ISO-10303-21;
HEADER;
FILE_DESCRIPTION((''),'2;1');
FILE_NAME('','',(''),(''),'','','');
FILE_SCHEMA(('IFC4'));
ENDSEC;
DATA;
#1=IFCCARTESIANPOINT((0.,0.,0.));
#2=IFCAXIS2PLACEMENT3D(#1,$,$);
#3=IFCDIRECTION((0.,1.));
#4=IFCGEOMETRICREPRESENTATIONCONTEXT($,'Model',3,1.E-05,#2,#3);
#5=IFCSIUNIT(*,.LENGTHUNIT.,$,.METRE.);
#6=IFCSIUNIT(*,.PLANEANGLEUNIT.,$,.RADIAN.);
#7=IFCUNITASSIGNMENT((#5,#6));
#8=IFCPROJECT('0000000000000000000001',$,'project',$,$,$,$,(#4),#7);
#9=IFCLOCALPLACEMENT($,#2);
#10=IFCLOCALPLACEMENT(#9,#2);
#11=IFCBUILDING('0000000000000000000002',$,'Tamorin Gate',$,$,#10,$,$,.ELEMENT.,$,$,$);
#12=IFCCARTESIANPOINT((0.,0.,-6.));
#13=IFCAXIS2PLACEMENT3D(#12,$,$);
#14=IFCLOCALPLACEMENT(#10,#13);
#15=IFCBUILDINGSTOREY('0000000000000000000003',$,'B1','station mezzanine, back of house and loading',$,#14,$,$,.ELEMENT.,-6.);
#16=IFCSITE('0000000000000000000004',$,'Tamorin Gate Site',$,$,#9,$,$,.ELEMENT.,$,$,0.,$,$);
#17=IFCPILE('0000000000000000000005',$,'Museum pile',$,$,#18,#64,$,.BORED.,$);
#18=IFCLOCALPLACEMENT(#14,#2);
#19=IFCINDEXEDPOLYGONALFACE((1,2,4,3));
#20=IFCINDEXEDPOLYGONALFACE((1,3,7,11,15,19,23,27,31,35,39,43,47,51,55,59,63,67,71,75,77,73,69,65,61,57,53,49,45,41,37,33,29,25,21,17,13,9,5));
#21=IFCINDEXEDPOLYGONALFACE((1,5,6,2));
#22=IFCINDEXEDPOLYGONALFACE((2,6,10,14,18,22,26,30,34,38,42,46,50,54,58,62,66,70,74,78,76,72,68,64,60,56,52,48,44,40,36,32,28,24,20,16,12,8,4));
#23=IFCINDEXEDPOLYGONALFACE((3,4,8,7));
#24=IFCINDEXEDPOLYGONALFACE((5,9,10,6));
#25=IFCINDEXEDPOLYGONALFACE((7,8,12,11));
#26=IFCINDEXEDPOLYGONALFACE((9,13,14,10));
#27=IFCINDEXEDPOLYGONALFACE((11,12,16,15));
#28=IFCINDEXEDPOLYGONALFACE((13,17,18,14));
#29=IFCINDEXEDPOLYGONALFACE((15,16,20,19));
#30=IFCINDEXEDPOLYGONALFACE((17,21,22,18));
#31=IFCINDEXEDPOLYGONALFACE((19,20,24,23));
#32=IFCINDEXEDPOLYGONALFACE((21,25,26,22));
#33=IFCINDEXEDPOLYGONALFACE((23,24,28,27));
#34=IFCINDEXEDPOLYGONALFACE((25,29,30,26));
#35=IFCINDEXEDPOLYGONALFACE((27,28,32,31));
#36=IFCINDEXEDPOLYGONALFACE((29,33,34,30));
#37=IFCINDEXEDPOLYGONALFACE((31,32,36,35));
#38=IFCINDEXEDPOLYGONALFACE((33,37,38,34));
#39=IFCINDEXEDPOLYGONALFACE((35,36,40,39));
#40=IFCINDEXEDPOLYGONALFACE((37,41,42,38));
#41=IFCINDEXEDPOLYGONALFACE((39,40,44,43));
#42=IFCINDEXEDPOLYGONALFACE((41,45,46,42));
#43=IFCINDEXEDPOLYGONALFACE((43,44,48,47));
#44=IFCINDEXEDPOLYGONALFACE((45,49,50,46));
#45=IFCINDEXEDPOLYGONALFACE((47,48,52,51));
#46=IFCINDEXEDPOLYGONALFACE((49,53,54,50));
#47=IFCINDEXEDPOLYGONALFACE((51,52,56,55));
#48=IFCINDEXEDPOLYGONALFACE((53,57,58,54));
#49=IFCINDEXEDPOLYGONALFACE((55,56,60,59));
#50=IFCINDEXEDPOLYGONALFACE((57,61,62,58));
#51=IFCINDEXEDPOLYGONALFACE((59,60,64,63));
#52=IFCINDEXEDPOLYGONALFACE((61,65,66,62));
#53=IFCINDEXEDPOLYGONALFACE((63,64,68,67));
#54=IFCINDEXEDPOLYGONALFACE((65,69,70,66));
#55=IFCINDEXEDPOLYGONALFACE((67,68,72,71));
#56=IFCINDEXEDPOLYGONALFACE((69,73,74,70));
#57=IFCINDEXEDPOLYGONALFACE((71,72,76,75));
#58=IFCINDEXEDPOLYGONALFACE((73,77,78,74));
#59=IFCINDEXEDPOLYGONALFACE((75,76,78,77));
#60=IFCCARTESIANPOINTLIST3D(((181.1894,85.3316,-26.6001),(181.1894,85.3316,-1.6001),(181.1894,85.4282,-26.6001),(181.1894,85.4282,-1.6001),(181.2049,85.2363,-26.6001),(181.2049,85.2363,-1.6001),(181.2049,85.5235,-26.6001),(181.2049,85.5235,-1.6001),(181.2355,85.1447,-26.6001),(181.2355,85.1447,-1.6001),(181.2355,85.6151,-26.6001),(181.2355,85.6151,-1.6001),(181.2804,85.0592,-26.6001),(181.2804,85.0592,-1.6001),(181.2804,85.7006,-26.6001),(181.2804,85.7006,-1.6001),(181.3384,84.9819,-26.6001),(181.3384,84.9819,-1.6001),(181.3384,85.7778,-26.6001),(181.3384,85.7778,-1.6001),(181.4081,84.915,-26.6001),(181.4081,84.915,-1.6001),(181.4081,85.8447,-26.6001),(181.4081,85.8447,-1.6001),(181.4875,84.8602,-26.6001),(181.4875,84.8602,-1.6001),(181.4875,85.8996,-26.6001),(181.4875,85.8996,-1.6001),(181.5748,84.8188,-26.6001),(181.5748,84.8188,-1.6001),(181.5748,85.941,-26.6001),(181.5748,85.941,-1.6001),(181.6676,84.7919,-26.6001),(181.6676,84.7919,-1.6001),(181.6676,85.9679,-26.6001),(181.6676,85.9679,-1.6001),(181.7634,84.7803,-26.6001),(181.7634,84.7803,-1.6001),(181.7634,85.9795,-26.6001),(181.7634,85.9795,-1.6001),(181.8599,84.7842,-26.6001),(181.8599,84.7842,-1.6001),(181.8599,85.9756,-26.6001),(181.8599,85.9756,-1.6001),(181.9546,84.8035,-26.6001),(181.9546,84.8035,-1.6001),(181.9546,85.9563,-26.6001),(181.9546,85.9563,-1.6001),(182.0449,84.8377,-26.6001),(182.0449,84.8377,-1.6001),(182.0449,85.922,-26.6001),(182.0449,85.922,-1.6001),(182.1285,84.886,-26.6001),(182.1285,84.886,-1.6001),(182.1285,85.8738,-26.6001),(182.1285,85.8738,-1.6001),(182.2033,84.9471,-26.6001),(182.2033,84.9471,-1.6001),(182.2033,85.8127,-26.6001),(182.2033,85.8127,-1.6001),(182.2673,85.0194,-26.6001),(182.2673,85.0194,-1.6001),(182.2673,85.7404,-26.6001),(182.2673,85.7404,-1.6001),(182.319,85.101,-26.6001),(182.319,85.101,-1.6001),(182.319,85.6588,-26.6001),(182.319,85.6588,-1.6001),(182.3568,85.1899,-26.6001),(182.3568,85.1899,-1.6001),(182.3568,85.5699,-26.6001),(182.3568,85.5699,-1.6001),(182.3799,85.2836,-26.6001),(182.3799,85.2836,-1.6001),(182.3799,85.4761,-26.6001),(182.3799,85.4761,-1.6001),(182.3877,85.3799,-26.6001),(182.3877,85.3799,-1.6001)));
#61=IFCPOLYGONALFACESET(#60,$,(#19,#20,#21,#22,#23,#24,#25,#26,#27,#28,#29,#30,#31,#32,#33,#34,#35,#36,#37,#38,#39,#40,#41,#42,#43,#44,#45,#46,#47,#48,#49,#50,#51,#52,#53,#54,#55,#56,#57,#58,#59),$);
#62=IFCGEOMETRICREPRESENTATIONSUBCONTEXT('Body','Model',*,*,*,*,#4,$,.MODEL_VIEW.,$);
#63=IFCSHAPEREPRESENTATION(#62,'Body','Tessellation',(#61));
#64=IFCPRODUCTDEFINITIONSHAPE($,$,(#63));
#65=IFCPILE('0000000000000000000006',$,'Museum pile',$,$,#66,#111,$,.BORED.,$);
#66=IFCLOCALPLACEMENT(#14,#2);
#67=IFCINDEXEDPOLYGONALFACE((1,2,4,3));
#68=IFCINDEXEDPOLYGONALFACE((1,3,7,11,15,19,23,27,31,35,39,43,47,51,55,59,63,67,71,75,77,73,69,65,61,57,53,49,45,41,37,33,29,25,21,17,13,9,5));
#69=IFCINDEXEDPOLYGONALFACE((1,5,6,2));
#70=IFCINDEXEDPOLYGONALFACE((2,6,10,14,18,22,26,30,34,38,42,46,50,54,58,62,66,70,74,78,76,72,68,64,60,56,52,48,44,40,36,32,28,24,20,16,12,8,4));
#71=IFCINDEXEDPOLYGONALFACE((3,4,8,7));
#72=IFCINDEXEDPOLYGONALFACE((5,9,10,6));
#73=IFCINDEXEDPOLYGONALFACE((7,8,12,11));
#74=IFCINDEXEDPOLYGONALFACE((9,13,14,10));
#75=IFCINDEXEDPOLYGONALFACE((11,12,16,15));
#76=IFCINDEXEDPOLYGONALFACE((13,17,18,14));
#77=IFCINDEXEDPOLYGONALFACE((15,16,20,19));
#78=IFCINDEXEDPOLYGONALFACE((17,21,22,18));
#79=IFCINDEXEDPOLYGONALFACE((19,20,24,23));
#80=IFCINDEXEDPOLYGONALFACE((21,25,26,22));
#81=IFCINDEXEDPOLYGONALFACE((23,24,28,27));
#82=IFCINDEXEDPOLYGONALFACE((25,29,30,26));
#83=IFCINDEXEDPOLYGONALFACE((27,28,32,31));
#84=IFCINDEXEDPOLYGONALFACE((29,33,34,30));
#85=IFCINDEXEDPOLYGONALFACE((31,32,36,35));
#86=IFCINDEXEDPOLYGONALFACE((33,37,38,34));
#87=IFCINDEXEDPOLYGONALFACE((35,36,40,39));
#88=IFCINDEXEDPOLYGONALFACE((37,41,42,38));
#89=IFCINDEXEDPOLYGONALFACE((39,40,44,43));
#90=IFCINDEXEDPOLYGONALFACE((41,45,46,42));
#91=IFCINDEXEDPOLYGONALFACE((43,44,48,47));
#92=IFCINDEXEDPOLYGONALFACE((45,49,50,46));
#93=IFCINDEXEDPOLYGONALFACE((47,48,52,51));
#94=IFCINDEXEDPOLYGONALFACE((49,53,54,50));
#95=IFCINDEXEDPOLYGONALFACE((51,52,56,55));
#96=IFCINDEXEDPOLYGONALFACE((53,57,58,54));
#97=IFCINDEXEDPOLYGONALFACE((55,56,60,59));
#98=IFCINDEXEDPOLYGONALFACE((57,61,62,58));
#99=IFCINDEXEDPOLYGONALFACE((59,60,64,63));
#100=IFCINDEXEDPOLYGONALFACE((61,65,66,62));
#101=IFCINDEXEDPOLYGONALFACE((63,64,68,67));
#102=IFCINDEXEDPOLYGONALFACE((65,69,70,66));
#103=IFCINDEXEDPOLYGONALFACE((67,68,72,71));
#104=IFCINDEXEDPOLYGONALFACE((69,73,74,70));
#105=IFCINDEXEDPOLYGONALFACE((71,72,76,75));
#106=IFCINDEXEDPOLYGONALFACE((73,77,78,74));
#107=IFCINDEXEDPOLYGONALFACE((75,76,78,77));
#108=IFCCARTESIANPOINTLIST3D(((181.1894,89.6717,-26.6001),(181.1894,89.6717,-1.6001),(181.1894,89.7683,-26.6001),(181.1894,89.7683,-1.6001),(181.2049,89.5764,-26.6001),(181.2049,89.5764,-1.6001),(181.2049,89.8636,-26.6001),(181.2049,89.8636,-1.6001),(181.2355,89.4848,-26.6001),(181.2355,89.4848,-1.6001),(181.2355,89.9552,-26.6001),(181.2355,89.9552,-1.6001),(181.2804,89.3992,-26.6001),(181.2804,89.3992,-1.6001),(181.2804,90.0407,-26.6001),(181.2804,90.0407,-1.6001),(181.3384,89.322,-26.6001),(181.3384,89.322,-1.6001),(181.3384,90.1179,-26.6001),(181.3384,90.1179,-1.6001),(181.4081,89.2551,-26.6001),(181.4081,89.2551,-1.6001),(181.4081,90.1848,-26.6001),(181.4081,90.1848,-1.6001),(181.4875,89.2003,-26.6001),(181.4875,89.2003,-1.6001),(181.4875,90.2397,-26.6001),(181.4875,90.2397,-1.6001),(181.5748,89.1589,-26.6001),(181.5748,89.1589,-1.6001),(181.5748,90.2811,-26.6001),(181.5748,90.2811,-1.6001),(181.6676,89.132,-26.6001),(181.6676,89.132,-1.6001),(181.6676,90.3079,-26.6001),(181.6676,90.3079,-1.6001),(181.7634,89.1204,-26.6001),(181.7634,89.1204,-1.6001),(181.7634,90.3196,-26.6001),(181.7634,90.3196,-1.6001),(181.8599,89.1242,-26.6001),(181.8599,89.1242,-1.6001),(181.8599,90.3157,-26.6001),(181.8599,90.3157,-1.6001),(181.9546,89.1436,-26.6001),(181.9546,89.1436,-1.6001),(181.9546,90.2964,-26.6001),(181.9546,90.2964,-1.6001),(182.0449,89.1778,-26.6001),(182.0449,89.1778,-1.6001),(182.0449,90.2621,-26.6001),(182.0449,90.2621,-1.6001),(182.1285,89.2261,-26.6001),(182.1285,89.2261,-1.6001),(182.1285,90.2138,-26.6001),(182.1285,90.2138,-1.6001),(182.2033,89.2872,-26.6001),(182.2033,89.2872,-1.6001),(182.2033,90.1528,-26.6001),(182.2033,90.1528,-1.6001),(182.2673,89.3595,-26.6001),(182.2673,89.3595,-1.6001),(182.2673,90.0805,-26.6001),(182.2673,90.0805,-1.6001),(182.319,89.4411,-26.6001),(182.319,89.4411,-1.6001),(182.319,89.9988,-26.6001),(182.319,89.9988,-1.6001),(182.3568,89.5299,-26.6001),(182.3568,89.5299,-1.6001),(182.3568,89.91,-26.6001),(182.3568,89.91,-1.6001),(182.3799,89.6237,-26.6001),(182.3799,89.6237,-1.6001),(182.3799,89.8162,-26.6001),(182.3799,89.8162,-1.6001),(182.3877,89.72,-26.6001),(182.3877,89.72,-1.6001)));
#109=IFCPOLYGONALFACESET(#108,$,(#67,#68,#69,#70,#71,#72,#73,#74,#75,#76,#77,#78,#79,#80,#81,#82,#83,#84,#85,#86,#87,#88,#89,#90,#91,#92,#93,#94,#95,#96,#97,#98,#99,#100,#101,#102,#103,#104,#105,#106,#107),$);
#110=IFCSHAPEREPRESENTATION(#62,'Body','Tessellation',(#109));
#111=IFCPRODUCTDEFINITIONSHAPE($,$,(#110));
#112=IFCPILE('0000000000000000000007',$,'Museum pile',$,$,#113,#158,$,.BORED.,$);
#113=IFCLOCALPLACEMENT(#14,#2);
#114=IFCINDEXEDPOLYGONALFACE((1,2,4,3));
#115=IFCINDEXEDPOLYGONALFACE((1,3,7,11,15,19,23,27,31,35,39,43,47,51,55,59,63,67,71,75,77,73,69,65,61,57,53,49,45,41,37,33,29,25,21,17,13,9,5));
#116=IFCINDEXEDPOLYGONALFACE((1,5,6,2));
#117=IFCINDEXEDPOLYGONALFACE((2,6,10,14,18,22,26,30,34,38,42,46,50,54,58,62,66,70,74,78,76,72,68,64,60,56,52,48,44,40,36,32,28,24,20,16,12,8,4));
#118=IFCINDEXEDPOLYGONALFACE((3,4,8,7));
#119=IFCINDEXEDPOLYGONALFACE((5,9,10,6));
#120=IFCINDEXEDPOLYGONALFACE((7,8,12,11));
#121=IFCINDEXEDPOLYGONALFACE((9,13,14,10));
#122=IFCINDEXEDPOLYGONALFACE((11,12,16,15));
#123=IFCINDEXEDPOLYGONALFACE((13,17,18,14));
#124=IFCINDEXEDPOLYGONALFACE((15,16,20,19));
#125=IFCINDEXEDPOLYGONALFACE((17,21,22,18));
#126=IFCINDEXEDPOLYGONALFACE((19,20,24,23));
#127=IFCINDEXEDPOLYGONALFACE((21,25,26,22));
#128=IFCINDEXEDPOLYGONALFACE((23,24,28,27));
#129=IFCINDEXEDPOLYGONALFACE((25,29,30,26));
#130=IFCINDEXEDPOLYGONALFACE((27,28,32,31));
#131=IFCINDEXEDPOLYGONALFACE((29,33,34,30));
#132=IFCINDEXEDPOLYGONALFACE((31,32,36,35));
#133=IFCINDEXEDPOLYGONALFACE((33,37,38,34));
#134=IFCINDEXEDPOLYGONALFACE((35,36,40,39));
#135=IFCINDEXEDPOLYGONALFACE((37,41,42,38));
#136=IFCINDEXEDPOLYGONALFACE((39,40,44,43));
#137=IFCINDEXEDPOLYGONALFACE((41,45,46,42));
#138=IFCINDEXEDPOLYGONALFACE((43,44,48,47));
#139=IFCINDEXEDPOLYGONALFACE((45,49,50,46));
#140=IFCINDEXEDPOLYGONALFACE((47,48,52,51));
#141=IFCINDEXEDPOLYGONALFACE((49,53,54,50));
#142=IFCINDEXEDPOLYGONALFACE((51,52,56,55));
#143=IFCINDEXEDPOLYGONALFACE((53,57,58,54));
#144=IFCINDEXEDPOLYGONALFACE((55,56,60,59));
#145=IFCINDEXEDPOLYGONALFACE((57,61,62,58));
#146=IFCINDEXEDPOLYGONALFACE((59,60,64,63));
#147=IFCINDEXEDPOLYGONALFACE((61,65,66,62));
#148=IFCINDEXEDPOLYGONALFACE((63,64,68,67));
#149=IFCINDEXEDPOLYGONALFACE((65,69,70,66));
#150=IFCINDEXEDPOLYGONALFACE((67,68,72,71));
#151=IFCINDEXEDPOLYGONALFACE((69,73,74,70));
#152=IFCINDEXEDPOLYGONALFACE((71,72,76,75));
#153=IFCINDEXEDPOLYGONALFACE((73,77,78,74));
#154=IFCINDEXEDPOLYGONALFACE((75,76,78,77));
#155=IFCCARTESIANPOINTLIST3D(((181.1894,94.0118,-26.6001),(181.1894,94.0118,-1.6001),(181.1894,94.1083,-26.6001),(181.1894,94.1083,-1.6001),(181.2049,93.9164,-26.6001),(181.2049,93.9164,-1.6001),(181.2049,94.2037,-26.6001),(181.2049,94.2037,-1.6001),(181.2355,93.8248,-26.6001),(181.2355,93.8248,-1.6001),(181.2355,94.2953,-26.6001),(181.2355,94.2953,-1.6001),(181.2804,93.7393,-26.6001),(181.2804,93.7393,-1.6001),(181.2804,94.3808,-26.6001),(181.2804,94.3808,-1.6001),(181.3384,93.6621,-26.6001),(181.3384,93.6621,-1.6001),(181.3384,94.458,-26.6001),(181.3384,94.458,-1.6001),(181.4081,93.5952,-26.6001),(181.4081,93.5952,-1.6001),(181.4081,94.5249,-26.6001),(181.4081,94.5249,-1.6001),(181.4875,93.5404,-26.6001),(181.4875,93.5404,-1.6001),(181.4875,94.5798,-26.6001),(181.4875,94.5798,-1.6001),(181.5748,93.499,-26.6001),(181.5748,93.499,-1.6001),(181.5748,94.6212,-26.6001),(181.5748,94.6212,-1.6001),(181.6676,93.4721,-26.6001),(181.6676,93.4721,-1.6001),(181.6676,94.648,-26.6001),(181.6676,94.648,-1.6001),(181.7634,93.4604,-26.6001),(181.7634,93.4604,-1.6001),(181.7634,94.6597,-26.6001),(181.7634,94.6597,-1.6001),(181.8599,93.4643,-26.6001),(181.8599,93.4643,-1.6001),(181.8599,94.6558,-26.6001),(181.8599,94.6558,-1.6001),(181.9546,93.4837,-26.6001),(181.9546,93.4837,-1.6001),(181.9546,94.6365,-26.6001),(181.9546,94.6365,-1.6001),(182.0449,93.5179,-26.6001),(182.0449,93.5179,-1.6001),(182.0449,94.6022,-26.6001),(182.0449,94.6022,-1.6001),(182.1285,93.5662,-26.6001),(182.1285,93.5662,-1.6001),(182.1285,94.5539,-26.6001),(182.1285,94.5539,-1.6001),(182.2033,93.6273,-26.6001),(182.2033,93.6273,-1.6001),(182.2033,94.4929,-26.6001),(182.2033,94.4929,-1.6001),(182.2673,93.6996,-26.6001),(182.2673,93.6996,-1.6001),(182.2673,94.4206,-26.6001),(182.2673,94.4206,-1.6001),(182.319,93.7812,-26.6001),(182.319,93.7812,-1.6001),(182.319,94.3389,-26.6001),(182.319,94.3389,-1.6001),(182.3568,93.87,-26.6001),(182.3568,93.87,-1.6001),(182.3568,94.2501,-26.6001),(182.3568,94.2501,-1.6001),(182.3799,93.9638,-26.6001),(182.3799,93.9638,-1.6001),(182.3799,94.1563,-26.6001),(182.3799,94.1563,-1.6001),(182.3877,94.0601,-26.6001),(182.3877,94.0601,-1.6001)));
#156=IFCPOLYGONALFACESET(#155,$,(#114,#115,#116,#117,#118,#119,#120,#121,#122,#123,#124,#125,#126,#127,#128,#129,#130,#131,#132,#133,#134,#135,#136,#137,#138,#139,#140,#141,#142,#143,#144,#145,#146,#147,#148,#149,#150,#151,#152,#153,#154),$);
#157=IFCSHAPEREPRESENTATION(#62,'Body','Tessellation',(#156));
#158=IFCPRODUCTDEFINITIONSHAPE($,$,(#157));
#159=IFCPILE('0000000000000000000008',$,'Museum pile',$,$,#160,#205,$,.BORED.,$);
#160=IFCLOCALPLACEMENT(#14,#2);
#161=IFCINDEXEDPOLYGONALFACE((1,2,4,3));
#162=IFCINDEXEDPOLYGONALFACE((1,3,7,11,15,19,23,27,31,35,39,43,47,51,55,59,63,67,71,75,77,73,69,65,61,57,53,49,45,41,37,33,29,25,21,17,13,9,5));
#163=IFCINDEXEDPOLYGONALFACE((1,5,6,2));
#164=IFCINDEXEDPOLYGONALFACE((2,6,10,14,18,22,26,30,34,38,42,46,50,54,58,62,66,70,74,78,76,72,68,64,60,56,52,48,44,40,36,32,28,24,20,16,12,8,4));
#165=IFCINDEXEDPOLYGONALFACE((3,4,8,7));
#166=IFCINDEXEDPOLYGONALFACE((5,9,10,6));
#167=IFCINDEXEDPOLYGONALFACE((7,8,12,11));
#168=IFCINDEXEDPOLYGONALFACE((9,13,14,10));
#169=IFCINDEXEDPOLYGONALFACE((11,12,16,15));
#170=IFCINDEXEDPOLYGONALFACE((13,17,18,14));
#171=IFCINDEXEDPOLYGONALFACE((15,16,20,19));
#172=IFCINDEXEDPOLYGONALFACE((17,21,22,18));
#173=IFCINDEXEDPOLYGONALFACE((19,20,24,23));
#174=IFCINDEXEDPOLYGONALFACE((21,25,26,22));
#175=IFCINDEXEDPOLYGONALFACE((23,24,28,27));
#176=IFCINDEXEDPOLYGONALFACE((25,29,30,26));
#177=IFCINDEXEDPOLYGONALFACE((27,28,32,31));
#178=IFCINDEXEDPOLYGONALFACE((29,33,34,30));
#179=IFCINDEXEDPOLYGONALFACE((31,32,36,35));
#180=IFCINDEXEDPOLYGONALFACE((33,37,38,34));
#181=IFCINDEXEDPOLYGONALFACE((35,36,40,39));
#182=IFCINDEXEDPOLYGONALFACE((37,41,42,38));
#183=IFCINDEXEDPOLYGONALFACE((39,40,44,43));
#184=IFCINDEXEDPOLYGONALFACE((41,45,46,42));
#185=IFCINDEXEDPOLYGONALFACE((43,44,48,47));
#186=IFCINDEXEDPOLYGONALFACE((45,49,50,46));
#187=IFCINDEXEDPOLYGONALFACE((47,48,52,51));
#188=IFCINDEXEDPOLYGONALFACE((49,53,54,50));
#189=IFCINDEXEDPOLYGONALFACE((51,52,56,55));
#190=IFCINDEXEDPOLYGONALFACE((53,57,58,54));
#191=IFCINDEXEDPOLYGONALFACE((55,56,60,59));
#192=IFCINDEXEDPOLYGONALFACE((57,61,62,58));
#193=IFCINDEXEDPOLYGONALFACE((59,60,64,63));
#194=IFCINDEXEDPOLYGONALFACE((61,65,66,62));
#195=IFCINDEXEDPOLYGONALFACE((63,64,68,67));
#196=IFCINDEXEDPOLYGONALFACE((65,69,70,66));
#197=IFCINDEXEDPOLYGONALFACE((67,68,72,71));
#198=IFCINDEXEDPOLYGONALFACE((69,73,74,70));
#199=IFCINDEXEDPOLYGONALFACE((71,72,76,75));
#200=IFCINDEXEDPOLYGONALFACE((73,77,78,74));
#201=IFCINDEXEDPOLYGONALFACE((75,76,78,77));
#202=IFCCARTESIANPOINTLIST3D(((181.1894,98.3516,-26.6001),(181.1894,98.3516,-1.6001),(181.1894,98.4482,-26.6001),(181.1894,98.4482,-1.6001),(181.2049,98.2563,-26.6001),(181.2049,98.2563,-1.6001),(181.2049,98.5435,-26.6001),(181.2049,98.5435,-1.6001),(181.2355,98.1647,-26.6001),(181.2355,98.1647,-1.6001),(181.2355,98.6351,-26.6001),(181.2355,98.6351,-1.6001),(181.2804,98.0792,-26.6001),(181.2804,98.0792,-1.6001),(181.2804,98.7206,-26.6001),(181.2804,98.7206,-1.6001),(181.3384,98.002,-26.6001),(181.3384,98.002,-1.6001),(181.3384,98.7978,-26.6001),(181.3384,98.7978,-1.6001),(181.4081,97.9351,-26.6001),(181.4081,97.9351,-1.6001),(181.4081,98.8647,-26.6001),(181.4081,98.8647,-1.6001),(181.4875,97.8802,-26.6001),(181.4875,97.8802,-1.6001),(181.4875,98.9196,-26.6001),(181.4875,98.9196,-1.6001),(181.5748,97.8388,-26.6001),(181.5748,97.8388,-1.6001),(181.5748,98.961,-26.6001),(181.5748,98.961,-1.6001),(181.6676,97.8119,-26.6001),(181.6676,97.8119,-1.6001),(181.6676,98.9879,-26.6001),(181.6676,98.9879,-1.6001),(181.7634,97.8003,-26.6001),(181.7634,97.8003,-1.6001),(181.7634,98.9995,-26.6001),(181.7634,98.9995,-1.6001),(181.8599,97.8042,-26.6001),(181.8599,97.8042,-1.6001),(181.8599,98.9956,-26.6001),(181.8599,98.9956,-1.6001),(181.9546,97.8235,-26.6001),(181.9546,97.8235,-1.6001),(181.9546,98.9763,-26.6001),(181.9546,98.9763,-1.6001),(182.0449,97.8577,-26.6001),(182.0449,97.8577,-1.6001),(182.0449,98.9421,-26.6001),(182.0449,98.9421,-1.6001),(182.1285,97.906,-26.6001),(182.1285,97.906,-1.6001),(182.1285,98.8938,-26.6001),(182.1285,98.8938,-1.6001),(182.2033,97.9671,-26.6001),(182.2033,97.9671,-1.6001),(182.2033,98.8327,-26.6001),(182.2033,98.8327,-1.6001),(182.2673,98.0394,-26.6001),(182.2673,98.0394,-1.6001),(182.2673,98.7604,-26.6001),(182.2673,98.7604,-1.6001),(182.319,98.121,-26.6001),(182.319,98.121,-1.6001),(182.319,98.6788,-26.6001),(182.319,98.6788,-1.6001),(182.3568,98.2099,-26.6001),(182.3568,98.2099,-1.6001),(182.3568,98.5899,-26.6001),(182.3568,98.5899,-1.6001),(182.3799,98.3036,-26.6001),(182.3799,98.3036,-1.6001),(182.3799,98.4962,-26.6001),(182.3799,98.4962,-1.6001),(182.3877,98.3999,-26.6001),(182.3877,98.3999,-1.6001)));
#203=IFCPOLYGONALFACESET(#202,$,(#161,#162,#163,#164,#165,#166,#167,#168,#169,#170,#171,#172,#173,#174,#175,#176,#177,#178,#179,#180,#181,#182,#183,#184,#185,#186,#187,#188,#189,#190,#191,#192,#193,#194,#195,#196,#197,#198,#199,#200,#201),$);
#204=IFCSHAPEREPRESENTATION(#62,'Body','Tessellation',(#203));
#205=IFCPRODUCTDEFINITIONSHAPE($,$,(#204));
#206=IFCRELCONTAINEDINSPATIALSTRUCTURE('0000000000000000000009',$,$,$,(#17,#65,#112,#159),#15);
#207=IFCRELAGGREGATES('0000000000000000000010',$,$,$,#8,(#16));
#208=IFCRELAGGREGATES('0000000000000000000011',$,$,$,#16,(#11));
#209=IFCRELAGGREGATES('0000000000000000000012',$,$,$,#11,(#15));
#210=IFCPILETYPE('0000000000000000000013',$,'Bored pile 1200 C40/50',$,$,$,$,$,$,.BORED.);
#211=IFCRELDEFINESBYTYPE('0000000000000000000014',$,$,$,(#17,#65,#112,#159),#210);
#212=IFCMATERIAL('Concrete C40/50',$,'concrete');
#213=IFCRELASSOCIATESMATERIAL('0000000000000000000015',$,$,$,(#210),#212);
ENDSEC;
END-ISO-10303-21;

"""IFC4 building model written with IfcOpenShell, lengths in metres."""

from ifc_helpers import new_model, si_unit, direction, frame, origin, origin_2d, place, context, subcontext, project, spatial, circle, extrude, material, material_profile, profile_set, type_object, element, save


model = new_model("IFC4")

# Units and contexts
model_context = context("Model", 3, precision=1e-05, world=origin(), true_north=direction((0.0, 1.0)))
body_context = subcontext(model_context, "Body", "Model", "MODEL_VIEW")
ifc_project = project(units=[si_unit("LENGTHUNIT", "METRE"), si_unit("PLANEANGLEUNIT", "RADIAN")], contexts=[model_context])

# Site, building, storey
site_placement = place(None, origin())
site = spatial("IfcSite", under=ifc_project, at=site_placement, Name="Tamorin Gate Site", CompositionType="ELEMENT", RefElevation=0.0)
building_placement = place(site_placement, origin())
building = spatial("IfcBuilding", under=site, at=building_placement, Name="Tamorin Gate", CompositionType="ELEMENT")
storey_placement = place(building_placement, frame((0.0, 0.0, -6.0)))
storey = spatial("IfcBuildingStorey", under=building, at=storey_placement, Name="B1", Description="station mezzanine, back of house and loading", CompositionType="ELEMENT", Elevation=-6.0)

# Piles
ifc_material_1 = material(Name="Concrete C40/50", Category="concrete")
ifc_material_profile_1 = material_profile(ifc_material_1, circle(Radius=0.6001, at=origin_2d()))
ifc_profile_set_1 = profile_set([ifc_material_profile_1], Name="Concrete C40/50")
pile_type = type_object("IfcPileType", Name="Bored pile 1200 C40/50", PredefinedType="BORED", material=ifc_profile_set_1)
for number, where, z_axis, x_axis, name in (
    (1, (181.7876, 85.3799, -1.6001), (0.0, 0.0, -1.0), (1.0, 0.0, 0.0), "Museum pile"),
    (2, (181.7876, 89.72, -1.6001), (0.0, 0.0, -1.0), (1.0, 0.0, 0.0), "Museum pile"),
    (3, (181.7876, 94.0601, -1.6001), (0.0, 0.0, -1.0), (1.0, 0.0, 0.0), "Museum pile"),
    (4, (181.7876, 98.3999, -1.6001), (0.0, 0.0, -1.0), (1.0, 0.0, 0.0), "Museum pile"),
):
    element("IfcPile", number, at=place(storey_placement, frame(where, z_axis=z_axis, x_axis=x_axis)), inside=storey, type_object=pile_type, Name=name, PredefinedType="BORED", context=body_context, shape_type="SweptSolid", body=[
        extrude(circle(Radius=0.6001, at=origin_2d()), origin(), (0.0, 0.0, 1.0), 25.0),
    ])

save(model, "model.ifc")
